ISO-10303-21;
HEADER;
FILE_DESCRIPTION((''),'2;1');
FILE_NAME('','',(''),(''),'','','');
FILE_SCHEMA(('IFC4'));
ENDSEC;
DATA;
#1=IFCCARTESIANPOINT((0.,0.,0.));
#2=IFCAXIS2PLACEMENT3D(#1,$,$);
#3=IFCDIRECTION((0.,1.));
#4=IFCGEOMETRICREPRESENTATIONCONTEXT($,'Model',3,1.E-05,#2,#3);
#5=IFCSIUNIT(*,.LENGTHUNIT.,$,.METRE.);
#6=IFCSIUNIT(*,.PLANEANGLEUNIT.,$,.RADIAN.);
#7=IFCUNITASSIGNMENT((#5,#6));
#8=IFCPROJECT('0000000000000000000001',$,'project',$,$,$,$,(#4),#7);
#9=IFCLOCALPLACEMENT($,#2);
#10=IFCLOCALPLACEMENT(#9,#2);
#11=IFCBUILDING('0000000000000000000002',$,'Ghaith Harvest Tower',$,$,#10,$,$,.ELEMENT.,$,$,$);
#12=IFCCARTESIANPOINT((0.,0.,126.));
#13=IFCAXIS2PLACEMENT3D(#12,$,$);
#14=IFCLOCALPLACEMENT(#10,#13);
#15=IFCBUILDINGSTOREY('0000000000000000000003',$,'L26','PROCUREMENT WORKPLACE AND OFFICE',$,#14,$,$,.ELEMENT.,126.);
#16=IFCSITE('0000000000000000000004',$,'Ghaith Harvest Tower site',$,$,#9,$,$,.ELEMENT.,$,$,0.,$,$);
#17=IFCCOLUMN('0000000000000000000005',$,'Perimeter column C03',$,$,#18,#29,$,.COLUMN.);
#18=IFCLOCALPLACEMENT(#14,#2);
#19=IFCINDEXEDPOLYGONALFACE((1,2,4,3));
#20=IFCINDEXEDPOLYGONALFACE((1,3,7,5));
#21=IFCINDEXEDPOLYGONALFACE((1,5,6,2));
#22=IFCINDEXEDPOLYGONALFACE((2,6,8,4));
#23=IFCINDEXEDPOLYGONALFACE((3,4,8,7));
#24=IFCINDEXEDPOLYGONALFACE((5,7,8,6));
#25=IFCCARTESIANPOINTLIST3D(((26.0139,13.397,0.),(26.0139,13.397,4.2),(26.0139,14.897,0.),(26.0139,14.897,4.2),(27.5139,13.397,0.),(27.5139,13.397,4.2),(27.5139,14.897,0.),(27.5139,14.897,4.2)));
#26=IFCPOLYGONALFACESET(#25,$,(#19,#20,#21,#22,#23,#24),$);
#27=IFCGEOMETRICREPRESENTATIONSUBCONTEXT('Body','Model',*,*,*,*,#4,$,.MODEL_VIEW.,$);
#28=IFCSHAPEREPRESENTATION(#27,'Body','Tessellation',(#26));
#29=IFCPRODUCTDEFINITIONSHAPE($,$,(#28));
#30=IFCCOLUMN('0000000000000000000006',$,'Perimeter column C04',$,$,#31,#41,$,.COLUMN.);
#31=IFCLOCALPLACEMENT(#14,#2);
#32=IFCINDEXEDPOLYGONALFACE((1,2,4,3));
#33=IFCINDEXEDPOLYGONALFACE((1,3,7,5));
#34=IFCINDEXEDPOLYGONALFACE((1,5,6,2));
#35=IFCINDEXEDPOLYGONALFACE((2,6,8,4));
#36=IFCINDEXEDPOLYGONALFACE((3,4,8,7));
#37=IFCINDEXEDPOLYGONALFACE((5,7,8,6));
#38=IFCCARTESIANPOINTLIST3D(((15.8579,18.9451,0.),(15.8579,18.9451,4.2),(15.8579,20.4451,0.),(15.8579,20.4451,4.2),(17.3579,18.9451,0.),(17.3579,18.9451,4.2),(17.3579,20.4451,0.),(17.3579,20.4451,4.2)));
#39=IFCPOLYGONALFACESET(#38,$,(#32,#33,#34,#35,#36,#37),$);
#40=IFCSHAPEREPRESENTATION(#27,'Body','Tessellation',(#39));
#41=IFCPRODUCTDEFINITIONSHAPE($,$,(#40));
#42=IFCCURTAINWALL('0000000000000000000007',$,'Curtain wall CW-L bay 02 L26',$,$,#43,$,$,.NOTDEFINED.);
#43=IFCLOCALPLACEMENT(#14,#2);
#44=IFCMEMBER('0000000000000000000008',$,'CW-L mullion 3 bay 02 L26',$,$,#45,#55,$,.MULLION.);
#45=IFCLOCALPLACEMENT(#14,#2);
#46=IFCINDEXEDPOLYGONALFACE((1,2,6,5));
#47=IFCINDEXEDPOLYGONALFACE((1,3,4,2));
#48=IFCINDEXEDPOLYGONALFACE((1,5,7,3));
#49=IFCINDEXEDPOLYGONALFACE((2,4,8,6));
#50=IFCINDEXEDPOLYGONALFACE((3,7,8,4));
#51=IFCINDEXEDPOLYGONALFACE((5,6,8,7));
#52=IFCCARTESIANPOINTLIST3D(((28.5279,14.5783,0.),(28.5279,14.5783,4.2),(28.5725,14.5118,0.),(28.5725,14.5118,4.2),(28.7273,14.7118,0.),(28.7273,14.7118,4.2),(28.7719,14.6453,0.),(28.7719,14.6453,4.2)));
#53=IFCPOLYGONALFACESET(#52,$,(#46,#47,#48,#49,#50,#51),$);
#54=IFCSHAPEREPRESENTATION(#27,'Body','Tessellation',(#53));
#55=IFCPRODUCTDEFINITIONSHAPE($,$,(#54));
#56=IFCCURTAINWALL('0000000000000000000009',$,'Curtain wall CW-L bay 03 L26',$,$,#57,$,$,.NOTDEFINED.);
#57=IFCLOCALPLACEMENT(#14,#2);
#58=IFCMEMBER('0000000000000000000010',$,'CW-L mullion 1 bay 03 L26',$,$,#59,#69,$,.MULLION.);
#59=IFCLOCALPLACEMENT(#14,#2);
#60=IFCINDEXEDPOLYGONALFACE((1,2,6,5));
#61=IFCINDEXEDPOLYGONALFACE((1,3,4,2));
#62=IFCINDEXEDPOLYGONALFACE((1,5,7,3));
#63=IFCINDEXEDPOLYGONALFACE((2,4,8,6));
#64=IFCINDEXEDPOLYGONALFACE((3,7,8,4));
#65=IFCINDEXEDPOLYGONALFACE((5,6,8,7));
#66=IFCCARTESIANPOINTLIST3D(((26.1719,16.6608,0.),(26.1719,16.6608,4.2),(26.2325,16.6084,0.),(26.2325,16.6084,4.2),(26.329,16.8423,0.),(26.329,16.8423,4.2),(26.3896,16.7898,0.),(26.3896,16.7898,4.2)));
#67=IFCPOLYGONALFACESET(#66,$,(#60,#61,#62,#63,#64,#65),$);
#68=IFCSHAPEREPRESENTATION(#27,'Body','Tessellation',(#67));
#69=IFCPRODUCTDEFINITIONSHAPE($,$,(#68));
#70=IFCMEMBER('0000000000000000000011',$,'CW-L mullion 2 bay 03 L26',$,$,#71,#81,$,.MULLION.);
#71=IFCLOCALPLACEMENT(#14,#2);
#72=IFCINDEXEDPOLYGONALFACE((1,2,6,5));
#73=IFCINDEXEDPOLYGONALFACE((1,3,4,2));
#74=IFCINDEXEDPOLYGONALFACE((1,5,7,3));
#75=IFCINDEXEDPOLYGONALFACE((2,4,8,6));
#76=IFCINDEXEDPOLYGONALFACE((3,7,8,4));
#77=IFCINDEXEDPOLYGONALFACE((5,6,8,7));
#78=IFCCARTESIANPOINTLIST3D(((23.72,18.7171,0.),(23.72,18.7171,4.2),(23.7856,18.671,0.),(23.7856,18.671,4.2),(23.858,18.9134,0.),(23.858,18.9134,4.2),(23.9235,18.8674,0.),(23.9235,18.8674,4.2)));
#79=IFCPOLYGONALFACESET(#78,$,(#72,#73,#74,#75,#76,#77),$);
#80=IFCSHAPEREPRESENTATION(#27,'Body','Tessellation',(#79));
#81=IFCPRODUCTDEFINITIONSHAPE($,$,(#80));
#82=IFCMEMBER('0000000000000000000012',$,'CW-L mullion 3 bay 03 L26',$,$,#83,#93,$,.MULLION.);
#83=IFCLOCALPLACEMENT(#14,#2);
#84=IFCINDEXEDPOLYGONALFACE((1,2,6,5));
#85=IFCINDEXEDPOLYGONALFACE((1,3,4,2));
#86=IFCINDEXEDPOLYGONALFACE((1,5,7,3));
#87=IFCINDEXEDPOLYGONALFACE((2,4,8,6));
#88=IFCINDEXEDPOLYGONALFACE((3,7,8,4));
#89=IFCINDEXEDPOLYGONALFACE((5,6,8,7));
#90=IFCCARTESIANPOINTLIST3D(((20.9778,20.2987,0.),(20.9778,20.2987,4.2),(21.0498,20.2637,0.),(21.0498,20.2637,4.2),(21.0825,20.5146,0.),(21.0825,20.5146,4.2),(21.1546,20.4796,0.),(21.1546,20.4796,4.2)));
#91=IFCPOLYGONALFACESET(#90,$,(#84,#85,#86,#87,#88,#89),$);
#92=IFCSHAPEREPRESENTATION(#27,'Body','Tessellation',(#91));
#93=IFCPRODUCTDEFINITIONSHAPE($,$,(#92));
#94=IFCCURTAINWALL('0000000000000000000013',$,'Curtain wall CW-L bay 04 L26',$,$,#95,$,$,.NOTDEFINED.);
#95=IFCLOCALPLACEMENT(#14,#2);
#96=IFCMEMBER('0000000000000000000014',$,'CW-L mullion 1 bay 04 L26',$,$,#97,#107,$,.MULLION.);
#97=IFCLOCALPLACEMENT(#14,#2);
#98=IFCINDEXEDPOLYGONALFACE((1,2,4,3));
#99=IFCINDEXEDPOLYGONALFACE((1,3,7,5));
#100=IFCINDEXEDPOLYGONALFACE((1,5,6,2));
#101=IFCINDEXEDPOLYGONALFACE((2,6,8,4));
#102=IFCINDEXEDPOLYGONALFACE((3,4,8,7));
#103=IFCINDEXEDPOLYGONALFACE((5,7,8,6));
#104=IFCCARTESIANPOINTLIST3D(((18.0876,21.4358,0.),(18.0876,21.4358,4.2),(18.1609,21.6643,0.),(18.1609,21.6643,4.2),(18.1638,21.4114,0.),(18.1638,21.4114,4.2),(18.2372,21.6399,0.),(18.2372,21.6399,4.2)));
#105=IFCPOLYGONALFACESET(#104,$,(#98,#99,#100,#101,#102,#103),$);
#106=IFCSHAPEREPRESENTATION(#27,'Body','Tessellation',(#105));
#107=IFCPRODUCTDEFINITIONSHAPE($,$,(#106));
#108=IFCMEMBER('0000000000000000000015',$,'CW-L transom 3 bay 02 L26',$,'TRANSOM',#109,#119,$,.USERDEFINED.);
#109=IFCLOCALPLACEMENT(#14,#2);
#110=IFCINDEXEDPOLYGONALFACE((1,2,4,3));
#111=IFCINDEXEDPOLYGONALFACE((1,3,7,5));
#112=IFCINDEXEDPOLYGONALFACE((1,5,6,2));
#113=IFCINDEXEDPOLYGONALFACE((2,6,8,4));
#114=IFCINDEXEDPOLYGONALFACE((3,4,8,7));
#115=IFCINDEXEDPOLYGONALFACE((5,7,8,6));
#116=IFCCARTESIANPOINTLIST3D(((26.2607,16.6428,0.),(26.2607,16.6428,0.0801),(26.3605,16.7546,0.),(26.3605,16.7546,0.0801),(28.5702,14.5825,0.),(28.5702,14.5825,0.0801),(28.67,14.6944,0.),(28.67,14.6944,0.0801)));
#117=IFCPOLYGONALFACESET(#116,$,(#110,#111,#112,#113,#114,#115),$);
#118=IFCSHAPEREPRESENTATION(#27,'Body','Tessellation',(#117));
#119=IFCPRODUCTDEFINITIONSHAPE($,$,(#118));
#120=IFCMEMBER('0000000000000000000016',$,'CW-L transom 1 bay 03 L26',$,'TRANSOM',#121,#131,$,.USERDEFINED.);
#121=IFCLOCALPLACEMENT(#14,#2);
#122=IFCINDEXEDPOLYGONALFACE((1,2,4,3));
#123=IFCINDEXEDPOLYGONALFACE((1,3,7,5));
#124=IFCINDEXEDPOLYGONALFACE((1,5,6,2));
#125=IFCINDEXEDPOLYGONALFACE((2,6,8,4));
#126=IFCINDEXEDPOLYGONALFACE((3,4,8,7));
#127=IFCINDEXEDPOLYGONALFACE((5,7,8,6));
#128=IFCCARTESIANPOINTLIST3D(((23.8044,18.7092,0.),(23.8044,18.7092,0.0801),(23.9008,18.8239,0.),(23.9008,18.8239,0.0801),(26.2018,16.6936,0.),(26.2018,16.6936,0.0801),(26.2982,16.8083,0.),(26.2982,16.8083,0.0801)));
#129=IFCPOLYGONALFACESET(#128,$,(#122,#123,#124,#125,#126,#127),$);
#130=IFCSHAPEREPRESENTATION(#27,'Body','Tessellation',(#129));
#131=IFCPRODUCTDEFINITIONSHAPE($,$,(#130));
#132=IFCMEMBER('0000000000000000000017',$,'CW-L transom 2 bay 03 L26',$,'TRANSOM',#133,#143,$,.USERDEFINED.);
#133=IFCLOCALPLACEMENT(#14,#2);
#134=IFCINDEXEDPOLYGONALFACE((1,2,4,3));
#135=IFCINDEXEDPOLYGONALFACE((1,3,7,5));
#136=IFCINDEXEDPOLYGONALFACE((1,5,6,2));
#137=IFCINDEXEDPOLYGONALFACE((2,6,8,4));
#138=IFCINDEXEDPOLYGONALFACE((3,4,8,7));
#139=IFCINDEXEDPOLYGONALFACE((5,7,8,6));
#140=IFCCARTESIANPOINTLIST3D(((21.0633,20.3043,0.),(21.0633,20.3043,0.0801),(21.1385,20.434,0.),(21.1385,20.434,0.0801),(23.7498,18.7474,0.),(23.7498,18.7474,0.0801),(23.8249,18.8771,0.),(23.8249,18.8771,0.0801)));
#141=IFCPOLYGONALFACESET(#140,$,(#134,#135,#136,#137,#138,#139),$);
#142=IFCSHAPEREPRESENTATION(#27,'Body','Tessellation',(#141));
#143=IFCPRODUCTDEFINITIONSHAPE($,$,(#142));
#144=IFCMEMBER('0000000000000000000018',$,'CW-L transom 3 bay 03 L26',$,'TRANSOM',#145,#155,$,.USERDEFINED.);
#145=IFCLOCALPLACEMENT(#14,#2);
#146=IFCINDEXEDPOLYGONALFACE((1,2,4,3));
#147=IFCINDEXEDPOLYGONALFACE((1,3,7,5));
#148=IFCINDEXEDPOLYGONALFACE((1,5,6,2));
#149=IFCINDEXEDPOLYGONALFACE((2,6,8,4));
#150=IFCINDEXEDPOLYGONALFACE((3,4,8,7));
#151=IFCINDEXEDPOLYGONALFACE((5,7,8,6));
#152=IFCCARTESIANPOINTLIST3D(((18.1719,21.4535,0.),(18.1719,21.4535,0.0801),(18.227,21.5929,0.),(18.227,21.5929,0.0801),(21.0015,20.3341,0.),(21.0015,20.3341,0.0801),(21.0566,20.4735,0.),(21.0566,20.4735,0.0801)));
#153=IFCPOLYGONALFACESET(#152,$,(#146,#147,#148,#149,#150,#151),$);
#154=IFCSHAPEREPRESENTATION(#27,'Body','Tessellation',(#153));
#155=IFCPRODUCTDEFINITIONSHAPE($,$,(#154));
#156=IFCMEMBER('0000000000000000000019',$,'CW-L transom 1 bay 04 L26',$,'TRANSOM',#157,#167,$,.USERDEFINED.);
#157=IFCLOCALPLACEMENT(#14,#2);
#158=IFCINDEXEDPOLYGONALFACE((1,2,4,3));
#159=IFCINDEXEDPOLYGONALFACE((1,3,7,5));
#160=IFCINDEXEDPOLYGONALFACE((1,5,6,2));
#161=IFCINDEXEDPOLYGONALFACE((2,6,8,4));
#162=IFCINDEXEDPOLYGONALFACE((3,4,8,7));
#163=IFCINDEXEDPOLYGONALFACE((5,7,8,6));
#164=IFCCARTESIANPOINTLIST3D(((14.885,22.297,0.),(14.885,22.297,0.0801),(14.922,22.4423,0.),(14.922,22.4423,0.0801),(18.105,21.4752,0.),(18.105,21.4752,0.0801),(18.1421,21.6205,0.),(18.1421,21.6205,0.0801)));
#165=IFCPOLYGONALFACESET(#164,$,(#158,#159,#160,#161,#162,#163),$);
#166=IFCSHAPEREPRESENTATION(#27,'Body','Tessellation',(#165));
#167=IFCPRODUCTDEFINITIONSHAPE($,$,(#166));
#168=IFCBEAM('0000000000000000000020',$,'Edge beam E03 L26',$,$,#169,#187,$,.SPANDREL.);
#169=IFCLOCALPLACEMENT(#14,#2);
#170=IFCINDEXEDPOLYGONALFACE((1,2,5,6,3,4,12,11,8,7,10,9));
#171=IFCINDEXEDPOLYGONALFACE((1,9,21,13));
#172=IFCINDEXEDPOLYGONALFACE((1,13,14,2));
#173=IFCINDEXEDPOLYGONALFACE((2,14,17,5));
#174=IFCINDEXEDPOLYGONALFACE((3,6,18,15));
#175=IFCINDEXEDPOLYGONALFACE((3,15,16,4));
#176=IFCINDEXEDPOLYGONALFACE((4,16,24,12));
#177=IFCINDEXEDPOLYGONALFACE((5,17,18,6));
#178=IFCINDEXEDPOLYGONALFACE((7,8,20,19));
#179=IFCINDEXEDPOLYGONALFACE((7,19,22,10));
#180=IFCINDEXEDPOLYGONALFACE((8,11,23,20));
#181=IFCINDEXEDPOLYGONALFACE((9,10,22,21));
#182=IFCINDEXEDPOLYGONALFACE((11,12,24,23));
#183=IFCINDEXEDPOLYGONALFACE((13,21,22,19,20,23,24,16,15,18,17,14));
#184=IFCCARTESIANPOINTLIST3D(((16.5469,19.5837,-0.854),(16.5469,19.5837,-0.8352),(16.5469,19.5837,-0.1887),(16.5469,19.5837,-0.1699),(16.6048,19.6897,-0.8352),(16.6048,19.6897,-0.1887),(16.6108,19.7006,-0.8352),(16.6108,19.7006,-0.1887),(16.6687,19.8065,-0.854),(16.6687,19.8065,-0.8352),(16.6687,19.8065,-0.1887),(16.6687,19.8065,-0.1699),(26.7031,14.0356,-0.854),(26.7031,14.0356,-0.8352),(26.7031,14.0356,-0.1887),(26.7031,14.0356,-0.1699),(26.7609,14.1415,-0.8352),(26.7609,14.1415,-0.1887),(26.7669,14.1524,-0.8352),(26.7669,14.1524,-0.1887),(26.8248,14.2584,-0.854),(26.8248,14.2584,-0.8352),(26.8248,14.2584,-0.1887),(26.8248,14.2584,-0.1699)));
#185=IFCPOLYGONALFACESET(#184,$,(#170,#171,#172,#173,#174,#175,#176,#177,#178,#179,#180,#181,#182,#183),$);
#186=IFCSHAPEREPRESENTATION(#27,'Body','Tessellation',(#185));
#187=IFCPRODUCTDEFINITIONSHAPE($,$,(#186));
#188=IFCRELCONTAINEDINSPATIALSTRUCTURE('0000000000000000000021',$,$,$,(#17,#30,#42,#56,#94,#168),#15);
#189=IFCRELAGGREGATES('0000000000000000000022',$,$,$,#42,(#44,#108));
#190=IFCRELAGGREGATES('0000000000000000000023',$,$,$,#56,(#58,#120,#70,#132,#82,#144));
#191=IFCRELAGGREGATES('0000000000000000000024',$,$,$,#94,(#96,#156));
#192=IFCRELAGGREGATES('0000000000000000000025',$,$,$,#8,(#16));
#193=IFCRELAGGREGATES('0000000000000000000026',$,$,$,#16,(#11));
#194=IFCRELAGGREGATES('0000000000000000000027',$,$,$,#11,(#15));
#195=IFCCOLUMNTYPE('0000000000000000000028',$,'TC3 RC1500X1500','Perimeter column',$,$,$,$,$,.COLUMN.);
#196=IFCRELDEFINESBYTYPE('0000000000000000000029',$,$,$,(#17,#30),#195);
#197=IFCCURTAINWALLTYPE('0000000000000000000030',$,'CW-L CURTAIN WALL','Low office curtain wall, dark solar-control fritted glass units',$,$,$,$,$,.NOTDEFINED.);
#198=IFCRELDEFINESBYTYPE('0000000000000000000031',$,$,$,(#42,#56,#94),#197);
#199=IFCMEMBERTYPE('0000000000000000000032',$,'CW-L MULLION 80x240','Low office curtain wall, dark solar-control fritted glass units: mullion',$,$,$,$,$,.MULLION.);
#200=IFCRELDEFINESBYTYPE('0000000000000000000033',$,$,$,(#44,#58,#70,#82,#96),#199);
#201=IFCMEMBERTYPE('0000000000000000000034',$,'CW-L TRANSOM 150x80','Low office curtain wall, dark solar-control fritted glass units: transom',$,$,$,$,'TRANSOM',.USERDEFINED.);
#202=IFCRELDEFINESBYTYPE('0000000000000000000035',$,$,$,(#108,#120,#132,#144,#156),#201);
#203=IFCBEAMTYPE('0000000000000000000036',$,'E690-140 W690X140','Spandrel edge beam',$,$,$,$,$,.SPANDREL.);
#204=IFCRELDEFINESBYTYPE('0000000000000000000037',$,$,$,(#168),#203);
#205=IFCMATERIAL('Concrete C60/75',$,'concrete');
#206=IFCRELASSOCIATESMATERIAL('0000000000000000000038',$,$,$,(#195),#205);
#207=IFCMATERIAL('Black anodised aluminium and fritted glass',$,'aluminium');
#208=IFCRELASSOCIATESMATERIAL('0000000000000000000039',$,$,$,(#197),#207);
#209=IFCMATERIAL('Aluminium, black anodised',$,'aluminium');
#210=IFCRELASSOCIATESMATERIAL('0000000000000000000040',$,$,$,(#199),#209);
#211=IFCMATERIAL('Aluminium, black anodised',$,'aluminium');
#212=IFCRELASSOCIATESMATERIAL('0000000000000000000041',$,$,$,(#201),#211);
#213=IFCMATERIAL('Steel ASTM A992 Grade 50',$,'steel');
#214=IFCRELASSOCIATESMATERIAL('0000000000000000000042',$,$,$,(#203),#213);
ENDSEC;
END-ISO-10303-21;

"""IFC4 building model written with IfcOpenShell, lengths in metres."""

from ifc_helpers import new_model, si_unit, direction, frame, origin, origin_2d, place, context, subcontext, project, spatial, rectangle, i_section, extrude, material, material_profile, profile_set, type_object, element, aggregate, save


model = new_model("IFC4")

# Units and contexts
model_context = context("Model", 3, precision=1e-05, world=origin(), true_north=direction((0.0, 1.0)))
body_context = subcontext(model_context, "Body", "Model", "MODEL_VIEW")
ifc_project = project(units=[si_unit("LENGTHUNIT", "METRE"), si_unit("PLANEANGLEUNIT", "RADIAN")], contexts=[model_context])

# Site, building, storey
site_placement = place(None, origin())
site = spatial("IfcSite", under=ifc_project, at=site_placement, Name="Ghaith Harvest Tower site", CompositionType="ELEMENT", RefElevation=0.0)
building_placement = place(site_placement, origin())
building = spatial("IfcBuilding", under=site, at=building_placement, Name="Ghaith Harvest Tower", CompositionType="ELEMENT")
storey_placement = place(building_placement, frame((0.0, 0.0, 126.0)))
storey = spatial("IfcBuildingStorey", under=building, at=storey_placement, Name="L26", Description="PROCUREMENT WORKPLACE AND OFFICE", CompositionType="ELEMENT", Elevation=126.0)

# Columns
ifc_material_1 = material(Name="Concrete C60/75", Category="concrete")
ifc_material_profile_1 = material_profile(ifc_material_1, rectangle(XDim=1.5, YDim=1.5, at=origin_2d()), Name="RC1500X1500")
ifc_profile_set_1 = profile_set([ifc_material_profile_1], Name="Concrete C60/75")
column_type = type_object("IfcColumnType", Name="TC3 RC1500X1500", Description="Perimeter column", PredefinedType="COLUMN", material=ifc_profile_set_1)
for number, where, z_axis, x_axis, name in (
    (1, (26.7639, 14.147, 0.0), (0.0, 0.0, 1.0), (1.0, 0.0, 0.0), "Perimeter column C03"),
    (2, (16.6079, 19.6951, 0.0), (0.0, 0.0, 1.0), (1.0, 0.0, 0.0), "Perimeter column C04"),
):
    element("IfcColumn", number, at=place(storey_placement, frame(where, z_axis=z_axis, x_axis=x_axis)), inside=storey, type_object=column_type, Name=name, PredefinedType="COLUMN", context=body_context, shape_type="SweptSolid", body=[
        extrude(rectangle(XDim=1.5, YDim=1.5, at=origin_2d()), origin(), (0.0, 0.0, 1.0), 4.2),
    ])

# Curtain wall, member
ifc_material_2 = material(Name="Black anodised aluminium and fritted glass", Category="aluminium")
curtain_wall_type = type_object("IfcCurtainWallType", Name="CW-L CURTAIN WALL", Description="Low office curtain wall, dark solar-control fritted glass units", PredefinedType="NOTDEFINED", material=ifc_material_2)
curtain_wall_1_placement = place(storey_placement, origin())
curtain_wall_1 = element("IfcCurtainWall", 3, at=curtain_wall_1_placement, inside=storey, type_object=curtain_wall_type, Name="Curtain wall CW-L bay 02 L26", PredefinedType="NOTDEFINED")
ifc_material_3 = material(Name="Aluminium, black anodised", Category="aluminium")
ifc_material_profile_2 = material_profile(ifc_material_3, rectangle(XDim=0.0801, YDim=0.24, at=origin_2d()), Name="CW-L MULLION 80x240")
ifc_profile_set_2 = profile_set([ifc_material_profile_2], Name="Aluminium, black anodised")
member_type_1 = type_object("IfcMemberType", Name="CW-L MULLION 80x240", Description="Low office curtain wall, dark solar-control fritted glass units: mullion", PredefinedType="MULLION", material=ifc_profile_set_2)
member_1_placement = place(storey_placement, frame((28.6499, 14.6118, 0.0), z_axis=(0.0, 0.0, 1.0), x_axis=(-0.556324, 0.830965, 0.0)))
member_1 = element("IfcMember", 4, at=member_1_placement, type_object=member_type_1, Name="CW-L mullion 3 bay 02 L26", PredefinedType="MULLION", context=body_context, shape_type="SweptSolid", body=[
    extrude(rectangle(XDim=0.0801, YDim=0.24, at=origin_2d()), origin(), (0.0, 0.0, 1.0), 4.2),
])

# Curtain wall, members
curtain_wall_2_placement = place(storey_placement, origin())
curtain_wall_2 = element("IfcCurtainWall", 5, at=curtain_wall_2_placement, inside=storey, type_object=curtain_wall_type, Name="Curtain wall CW-L bay 03 L26", PredefinedType="NOTDEFINED")
member_2_placement = place(storey_placement, frame((26.2808, 16.7253, 0.0), z_axis=(0.0, 0.0, 1.0), x_axis=(-0.755999, 0.654572, 0.0)))
member_2 = element("IfcMember", 6, at=member_2_placement, type_object=member_type_1, Name="CW-L mullion 1 bay 03 L26", PredefinedType="MULLION", context=body_context, shape_type="SweptSolid", body=[
    extrude(rectangle(XDim=0.0801, YDim=0.24, at=origin_2d()), origin(), (0.0, 0.0, 1.0), 4.2),
])
member_3_placement = place(storey_placement, frame((23.8218, 18.7922, 0.0), z_axis=(0.0, 0.0, 1.0), x_axis=(-0.818229, 0.574893, 0.0)))
member_3 = element("IfcMember", 7, at=member_3_placement, type_object=member_type_1, Name="CW-L mullion 2 bay 03 L26", PredefinedType="MULLION", context=body_context, shape_type="SweptSolid", body=[
    extrude(rectangle(XDim=0.0801, YDim=0.24, at=origin_2d()), origin(), (0.0, 0.0, 1.0), 4.2),
])
member_4_placement = place(storey_placement, frame((21.0662, 20.3892, 0.0), z_axis=(0.0, 0.0, 1.0), x_axis=(-0.899713, 0.436481, 0.0)))
member_4 = element("IfcMember", 8, at=member_4_placement, type_object=member_type_1, Name="CW-L mullion 3 bay 03 L26", PredefinedType="MULLION", context=body_context, shape_type="SweptSolid", body=[
    extrude(rectangle(XDim=0.0801, YDim=0.24, at=origin_2d()), origin(), (0.0, 0.0, 1.0), 4.2),
])

# Curtain wall, member
curtain_wall_3_placement = place(storey_placement, origin())
curtain_wall_3 = element("IfcCurtainWall", 9, at=curtain_wall_3_placement, inside=storey, type_object=curtain_wall_type, Name="Curtain wall CW-L bay 04 L26", PredefinedType="NOTDEFINED")
member_5_placement = place(storey_placement, frame((18.1624, 21.5378, 0.0), z_axis=(0.0, 0.0, 1.0), x_axis=(-0.952152, 0.305624, 0.0)))
member_5 = element("IfcMember", 10, at=member_5_placement, type_object=member_type_1, Name="CW-L mullion 1 bay 04 L26", PredefinedType="MULLION", context=body_context, shape_type="SweptSolid", body=[
    extrude(rectangle(XDim=0.0801, YDim=0.24, at=origin_2d()), origin(), (0.0, 0.0, 1.0), 4.2),
])

# Members
ifc_material_4 = material(Name="Aluminium, black anodised", Category="aluminium")
ifc_material_profile_3 = material_profile(ifc_material_4, rectangle(XDim=0.1499, YDim=0.0801, at=origin_2d()), Name="CW-L TRANSOM 150x80")
ifc_profile_set_3 = profile_set([ifc_material_profile_3], Name="Aluminium, black anodised")
member_type_2 = type_object("IfcMemberType", Name="CW-L TRANSOM 150x80", Description="Low office curtain wall, dark solar-control fritted glass units: transom", ElementType="TRANSOM", PredefinedType="USERDEFINED", material=ifc_profile_set_3)
member_6_placement = place(storey_placement, frame((28.6201, 14.6384, 0.04), z_axis=(-0.746229, 0.66569, 0.0), x_axis=(-0.66569, -0.746229, 0.0)))
member_6 = element("IfcMember", 11, at=member_6_placement, type_object=member_type_2, Name="CW-L transom 3 bay 02 L26", ObjectType="TRANSOM", PredefinedType="USERDEFINED", context=body_context, shape_type="SweptSolid", body=[
    extrude(rectangle(XDim=0.1499, YDim=0.0801, at=origin_2d()), origin(), (0.0, 0.0, 1.0), 3.095),
])
member_7_placement = place(storey_placement, frame((26.25, 16.751, 0.04), z_axis=(-0.765428, 0.643521, 0.0), x_axis=(-0.643521, -0.765428, 0.0)))
member_7 = element("IfcMember", 12, at=member_7_placement, type_object=member_type_2, Name="CW-L transom 1 bay 03 L26", ObjectType="TRANSOM", PredefinedType="USERDEFINED", context=body_context, shape_type="SweptSolid", body=[
    extrude(rectangle(XDim=0.1499, YDim=0.0801, at=origin_2d()), origin(), (0.0, 0.0, 1.0), 3.1321),
])
member_8_placement = place(storey_placement, frame((23.7874, 18.8123, 0.04), z_axis=(-0.865213, 0.501405, 0.0), x_axis=(-0.501405, -0.865213, 0.0)))
member_8 = element("IfcMember", 13, at=member_8_placement, type_object=member_type_2, Name="CW-L transom 2 bay 03 L26", ObjectType="TRANSOM", PredefinedType="USERDEFINED", context=body_context, shape_type="SweptSolid", body=[
    extrude(rectangle(XDim=0.1499, YDim=0.0801, at=origin_2d()), origin(), (0.0, 0.0, 1.0), 3.105),
])
member_9_placement = place(storey_placement, frame((21.0291, 20.4038, 0.04), z_axis=(-0.929881, 0.367861, 0.0), x_axis=(-0.367861, -0.929881, 0.0)))
member_9 = element("IfcMember", 14, at=member_9_placement, type_object=member_type_2, Name="CW-L transom 3 bay 03 L26", ObjectType="TRANSOM", PredefinedType="USERDEFINED", context=body_context, shape_type="SweptSolid", body=[
    extrude(rectangle(XDim=0.1499, YDim=0.0801, at=origin_2d()), origin(), (0.0, 0.0, 1.0), 3.043),
])
member_10_placement = place(storey_placement, frame((18.1235, 21.5479, 0.04), z_axis=(-0.968942, 0.247286, 0.0), x_axis=(-0.247286, -0.968942, 0.0)))
member_10 = element("IfcMember", 15, at=member_10_placement, type_object=member_type_2, Name="CW-L transom 1 bay 04 L26", ObjectType="TRANSOM", PredefinedType="USERDEFINED", context=body_context, shape_type="SweptSolid", body=[
    extrude(rectangle(XDim=0.1499, YDim=0.0801, at=origin_2d()), origin(), (0.0, 0.0, 1.0), 3.3232),
])

# Beam
ifc_material_5 = material(Name="Steel ASTM A992 Grade 50", Category="steel")
ifc_material_profile_4 = material_profile(ifc_material_5, i_section(OverallWidth=0.2539, OverallDepth=0.6841, WebThickness=0.0125, FlangeThickness=0.0188, at=origin_2d()), Name="W690X140")
ifc_profile_set_4 = profile_set([ifc_material_profile_4], Name="Steel ASTM A992 Grade 50")
beam_type = type_object("IfcBeamType", Name="E690-140 W690X140", Description="Spandrel edge beam", PredefinedType="SPANDREL", material=ifc_profile_set_4)
beam_1_placement = place(storey_placement, frame((26.7639, 14.147, -0.512), z_axis=(-0.877588, 0.479415, 0.0), x_axis=(-0.479415, -0.877588, 0.0)))
element("IfcBeam", 16, at=beam_1_placement, inside=storey, type_object=beam_type, Name="Edge beam E03 L26", PredefinedType="SPANDREL", context=body_context, shape_type="SweptSolid", body=[
    extrude(i_section(OverallWidth=0.2539, OverallDepth=0.6841, WebThickness=0.0125, FlangeThickness=0.0188, at=origin_2d()), origin(), (0.0, 0.0, 1.0), 11.5728),
])

aggregate(curtain_wall_1, [member_1, member_6])
aggregate(curtain_wall_2, [member_2, member_7, member_3, member_8, member_4, member_9])
aggregate(curtain_wall_3, [member_5, member_10])

save(model, "model.ifc")
